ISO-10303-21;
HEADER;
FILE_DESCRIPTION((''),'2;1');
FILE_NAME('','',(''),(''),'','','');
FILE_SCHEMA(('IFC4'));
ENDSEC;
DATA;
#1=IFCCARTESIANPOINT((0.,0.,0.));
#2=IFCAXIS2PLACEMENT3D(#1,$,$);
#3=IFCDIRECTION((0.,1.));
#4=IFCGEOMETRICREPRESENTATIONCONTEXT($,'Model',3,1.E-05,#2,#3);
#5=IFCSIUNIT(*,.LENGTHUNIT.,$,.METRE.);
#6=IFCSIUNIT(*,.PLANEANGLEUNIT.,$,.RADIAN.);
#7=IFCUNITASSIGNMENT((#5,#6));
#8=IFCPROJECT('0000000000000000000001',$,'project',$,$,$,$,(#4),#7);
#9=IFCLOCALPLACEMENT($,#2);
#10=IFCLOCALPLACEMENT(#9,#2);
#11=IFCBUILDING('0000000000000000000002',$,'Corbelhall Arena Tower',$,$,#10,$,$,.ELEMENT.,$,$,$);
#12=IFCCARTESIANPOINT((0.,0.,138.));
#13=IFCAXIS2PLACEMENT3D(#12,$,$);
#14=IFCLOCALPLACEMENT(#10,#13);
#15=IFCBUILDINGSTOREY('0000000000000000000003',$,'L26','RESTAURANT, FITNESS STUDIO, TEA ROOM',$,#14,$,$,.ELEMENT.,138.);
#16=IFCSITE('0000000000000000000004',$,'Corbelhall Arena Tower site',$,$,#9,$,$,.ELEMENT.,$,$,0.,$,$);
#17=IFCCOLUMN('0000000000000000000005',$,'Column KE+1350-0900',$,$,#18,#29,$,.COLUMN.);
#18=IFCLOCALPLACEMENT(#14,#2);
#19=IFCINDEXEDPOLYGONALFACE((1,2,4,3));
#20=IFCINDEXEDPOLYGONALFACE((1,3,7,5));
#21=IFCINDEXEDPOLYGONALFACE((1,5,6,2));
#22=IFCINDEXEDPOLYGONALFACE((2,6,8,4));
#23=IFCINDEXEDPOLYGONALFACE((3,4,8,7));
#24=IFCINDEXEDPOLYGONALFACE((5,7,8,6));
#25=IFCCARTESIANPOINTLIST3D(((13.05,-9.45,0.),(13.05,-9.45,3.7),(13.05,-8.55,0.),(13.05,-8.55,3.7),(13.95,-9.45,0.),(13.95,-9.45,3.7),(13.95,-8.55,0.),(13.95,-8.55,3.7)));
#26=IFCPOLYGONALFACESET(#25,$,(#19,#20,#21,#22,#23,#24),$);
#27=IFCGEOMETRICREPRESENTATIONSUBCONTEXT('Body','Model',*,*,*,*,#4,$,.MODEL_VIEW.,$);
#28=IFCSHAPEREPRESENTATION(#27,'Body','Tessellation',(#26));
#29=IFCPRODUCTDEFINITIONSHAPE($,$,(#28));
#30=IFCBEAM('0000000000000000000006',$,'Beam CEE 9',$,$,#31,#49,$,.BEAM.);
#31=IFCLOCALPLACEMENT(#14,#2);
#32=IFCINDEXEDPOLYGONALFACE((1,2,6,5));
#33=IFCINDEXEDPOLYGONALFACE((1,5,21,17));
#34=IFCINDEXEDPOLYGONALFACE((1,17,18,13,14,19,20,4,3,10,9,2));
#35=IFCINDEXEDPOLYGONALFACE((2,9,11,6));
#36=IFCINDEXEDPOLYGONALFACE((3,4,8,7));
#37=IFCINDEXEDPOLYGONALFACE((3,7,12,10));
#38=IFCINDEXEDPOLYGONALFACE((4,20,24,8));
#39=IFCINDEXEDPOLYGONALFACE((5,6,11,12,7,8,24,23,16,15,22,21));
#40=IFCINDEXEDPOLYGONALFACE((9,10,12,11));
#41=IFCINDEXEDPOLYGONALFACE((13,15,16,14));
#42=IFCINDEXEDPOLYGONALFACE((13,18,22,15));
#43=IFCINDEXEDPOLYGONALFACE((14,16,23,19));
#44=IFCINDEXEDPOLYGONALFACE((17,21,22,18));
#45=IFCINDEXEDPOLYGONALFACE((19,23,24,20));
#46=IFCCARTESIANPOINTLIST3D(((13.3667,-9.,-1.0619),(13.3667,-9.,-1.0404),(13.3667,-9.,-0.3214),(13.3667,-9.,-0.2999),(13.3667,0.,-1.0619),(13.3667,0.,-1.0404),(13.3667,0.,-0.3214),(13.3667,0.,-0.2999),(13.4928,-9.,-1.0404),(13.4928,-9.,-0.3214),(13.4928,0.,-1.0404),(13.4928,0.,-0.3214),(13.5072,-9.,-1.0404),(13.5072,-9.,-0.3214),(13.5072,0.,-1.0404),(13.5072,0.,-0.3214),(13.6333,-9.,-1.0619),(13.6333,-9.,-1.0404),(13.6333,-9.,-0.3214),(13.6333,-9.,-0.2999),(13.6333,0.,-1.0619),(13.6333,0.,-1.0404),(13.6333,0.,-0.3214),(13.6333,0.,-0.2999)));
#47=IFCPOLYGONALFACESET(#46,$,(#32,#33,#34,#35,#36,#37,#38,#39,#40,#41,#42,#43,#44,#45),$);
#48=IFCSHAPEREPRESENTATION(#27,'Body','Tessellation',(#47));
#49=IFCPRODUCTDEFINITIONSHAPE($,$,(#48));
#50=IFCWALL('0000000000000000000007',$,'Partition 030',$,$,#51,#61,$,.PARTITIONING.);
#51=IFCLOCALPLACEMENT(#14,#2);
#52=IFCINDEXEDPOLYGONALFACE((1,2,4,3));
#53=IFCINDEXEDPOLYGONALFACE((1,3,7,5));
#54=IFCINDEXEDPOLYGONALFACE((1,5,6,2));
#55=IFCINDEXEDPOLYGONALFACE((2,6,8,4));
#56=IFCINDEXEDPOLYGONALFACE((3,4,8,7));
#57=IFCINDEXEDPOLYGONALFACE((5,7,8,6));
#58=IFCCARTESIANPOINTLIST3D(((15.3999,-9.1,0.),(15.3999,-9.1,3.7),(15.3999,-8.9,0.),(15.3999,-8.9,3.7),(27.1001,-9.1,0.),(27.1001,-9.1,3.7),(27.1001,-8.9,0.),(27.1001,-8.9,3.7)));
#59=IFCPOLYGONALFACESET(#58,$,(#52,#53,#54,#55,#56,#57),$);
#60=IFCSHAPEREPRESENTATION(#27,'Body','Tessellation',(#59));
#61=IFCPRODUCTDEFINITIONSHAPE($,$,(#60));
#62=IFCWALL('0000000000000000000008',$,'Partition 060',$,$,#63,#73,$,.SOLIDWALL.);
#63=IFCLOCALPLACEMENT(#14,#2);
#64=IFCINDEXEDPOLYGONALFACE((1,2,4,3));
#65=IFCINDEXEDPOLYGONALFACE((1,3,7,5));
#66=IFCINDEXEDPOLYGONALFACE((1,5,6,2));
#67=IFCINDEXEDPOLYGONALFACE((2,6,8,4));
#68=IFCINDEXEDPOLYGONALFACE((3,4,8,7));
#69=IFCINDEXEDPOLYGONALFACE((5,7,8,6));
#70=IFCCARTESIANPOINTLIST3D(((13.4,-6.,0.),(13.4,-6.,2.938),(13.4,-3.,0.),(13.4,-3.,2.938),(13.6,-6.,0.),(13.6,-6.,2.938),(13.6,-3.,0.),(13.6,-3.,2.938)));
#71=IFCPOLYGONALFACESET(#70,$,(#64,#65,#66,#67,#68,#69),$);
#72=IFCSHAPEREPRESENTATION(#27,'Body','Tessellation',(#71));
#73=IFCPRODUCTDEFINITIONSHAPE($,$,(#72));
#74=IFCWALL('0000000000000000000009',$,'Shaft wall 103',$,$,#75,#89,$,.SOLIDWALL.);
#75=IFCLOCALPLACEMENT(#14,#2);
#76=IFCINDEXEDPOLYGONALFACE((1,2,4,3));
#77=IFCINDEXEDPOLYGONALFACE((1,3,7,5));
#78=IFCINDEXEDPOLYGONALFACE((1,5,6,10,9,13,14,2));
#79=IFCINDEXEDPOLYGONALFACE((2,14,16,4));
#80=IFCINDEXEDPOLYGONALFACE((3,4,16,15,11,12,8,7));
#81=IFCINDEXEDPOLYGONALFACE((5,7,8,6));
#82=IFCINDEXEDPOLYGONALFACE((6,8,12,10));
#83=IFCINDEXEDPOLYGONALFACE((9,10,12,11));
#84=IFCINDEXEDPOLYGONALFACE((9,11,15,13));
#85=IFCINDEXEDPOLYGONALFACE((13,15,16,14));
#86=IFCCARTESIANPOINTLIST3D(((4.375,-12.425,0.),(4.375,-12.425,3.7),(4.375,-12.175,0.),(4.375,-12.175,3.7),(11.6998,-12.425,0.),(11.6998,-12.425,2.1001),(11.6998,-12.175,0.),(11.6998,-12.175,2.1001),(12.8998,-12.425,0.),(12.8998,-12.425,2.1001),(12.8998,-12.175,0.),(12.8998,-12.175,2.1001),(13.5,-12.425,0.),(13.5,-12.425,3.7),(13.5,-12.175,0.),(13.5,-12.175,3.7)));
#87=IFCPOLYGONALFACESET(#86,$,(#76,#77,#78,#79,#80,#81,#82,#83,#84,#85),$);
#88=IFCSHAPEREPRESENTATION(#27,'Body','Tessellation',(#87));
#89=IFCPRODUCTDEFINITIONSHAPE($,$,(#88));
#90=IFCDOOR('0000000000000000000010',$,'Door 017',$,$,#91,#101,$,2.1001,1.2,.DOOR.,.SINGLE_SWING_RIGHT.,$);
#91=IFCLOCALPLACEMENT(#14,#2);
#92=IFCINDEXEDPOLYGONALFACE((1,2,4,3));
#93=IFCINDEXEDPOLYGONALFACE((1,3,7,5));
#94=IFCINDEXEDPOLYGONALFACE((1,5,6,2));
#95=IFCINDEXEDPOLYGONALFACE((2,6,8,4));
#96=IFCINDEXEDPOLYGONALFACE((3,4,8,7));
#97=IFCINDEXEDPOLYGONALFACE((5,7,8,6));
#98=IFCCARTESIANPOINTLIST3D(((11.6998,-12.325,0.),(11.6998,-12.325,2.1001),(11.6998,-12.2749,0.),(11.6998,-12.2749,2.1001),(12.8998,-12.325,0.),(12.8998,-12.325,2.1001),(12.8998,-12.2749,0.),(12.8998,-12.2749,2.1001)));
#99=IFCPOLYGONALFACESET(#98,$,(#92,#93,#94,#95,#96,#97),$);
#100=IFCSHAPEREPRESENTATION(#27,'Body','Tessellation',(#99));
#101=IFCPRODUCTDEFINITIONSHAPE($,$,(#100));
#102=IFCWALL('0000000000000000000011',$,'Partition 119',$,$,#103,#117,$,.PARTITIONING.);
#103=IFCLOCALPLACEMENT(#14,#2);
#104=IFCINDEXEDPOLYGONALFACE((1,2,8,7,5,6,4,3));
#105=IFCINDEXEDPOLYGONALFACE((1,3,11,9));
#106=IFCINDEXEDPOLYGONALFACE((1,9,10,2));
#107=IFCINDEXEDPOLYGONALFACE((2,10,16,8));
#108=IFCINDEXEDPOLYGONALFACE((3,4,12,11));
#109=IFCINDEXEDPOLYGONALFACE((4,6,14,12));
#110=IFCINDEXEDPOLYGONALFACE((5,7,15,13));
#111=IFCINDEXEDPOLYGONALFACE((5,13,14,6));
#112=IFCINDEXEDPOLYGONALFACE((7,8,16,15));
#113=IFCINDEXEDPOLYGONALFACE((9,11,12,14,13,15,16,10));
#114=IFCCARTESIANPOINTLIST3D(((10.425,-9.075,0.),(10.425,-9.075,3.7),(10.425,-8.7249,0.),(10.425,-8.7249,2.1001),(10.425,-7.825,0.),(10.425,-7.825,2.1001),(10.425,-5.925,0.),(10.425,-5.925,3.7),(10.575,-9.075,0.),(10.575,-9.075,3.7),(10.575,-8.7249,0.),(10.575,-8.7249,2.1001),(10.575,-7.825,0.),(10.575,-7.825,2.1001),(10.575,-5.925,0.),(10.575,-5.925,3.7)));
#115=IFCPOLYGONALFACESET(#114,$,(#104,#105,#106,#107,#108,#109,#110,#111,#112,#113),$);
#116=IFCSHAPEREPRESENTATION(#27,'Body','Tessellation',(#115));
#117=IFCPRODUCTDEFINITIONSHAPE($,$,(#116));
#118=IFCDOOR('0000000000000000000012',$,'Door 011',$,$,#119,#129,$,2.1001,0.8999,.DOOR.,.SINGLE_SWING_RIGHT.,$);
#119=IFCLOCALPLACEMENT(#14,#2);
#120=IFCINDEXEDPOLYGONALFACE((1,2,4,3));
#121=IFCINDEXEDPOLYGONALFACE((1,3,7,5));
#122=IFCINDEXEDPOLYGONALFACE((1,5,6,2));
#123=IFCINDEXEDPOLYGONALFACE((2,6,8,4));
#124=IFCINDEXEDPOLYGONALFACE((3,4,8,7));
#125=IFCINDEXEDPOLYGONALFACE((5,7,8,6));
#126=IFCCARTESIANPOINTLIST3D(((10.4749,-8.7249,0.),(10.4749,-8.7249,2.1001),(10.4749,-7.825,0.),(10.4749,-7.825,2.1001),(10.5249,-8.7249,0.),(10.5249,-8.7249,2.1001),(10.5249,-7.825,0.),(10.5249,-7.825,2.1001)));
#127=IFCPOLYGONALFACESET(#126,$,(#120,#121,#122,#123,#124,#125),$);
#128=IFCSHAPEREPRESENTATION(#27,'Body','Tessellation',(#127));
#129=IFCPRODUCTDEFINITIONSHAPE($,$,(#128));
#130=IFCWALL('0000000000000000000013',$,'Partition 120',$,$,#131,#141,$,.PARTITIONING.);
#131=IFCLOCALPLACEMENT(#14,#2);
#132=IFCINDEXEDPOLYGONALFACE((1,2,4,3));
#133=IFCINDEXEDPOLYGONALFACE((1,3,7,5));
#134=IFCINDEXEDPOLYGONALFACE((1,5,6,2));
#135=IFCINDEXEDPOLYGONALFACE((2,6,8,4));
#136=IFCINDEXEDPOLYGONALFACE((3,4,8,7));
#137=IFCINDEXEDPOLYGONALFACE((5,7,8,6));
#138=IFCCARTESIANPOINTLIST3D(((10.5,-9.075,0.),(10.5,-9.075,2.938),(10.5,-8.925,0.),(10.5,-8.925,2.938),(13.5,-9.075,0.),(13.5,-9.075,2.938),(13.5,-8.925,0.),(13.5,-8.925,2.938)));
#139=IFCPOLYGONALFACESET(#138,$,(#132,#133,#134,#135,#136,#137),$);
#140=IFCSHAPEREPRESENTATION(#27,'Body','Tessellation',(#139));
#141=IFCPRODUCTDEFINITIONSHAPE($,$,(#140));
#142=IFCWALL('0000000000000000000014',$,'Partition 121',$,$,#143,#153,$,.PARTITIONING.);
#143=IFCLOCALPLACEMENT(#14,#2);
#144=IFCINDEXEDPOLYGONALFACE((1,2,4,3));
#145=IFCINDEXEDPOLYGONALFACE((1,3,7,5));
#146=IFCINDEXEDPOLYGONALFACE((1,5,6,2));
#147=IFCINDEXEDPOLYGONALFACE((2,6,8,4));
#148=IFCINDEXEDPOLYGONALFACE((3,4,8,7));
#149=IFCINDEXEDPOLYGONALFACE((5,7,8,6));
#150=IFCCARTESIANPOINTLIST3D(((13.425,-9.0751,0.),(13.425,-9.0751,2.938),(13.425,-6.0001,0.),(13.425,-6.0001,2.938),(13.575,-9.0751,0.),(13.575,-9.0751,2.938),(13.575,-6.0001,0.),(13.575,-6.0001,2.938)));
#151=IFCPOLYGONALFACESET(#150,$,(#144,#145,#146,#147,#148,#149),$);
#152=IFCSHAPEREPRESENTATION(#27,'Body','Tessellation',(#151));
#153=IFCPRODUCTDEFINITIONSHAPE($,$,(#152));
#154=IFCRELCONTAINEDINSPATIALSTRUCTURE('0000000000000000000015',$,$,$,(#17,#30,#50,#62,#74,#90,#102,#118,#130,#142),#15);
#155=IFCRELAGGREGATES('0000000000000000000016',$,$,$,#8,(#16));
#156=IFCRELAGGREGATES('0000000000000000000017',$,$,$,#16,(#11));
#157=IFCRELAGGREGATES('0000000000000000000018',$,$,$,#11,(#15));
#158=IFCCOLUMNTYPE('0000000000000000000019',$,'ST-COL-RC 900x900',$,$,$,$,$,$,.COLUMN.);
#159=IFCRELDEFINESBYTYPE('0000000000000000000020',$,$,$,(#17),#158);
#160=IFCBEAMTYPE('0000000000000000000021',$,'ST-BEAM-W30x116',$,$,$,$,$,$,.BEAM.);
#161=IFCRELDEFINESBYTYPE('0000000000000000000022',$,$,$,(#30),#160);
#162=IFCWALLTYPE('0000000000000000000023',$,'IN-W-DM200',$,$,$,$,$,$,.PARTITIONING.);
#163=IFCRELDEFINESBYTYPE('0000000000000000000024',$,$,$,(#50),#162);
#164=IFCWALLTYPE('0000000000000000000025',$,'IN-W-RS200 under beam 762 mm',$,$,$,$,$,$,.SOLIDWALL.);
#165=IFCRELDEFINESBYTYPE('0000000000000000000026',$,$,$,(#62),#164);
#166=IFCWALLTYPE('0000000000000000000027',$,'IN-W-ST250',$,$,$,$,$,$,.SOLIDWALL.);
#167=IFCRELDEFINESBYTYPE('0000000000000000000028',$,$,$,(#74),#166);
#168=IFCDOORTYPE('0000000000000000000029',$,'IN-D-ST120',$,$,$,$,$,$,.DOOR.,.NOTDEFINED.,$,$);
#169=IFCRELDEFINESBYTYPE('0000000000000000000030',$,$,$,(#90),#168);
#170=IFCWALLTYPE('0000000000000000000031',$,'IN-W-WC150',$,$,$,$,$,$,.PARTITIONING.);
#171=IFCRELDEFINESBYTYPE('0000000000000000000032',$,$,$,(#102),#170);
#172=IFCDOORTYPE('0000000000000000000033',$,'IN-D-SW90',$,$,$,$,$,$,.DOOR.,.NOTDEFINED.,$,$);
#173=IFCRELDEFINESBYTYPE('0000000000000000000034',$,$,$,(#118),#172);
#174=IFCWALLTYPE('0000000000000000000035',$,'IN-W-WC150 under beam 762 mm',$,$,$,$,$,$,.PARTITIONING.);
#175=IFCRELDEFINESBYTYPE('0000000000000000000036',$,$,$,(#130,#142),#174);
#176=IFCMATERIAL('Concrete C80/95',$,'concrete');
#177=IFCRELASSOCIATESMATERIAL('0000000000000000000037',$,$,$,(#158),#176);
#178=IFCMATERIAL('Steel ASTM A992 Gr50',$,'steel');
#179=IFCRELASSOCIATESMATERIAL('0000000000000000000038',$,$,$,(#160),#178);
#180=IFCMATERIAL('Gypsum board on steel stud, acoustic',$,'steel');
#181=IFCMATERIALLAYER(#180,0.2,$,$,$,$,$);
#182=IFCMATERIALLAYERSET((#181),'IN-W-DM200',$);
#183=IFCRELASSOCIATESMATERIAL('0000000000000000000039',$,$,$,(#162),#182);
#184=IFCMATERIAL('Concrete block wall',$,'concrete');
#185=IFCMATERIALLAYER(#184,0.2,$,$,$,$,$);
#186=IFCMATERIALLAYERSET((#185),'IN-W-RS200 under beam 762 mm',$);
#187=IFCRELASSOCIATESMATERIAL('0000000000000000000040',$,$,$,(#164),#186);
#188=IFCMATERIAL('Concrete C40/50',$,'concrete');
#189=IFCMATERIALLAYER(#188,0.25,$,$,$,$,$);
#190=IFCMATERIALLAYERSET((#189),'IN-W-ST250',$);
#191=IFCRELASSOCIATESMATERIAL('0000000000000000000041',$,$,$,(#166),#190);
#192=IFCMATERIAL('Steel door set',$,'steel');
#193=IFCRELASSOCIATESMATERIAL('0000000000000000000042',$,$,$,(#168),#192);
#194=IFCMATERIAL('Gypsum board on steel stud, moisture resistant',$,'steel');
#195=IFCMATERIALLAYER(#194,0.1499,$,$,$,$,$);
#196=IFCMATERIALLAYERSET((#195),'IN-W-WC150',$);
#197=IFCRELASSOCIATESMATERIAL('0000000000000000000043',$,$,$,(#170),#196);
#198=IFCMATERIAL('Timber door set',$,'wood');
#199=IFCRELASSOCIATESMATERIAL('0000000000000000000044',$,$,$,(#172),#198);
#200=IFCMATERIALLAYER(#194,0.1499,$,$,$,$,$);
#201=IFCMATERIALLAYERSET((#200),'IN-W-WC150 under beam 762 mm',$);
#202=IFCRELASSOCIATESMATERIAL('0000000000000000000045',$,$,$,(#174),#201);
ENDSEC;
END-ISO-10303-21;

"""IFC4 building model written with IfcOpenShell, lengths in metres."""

from ifc_helpers import new_model, si_unit, direction, frame, frame_2d, origin, origin_2d, place, context, subcontext, project, spatial, rectangle, i_section, extrude, material, layer, layer_set, material_profile, profile_set, type_object, element, fill, save


model = new_model("IFC4")

# Units and contexts
model_context = context("Model", 3, precision=1e-05, world=origin(), true_north=direction((0.0, 1.0)))
body_context = subcontext(model_context, "Body", "Model", "MODEL_VIEW")
ifc_project = project(units=[si_unit("LENGTHUNIT", "METRE"), si_unit("PLANEANGLEUNIT", "RADIAN")], contexts=[model_context])

# Site, building, storey
site_placement = place(None, origin())
site = spatial("IfcSite", under=ifc_project, at=site_placement, Name="Corbelhall Arena Tower site", CompositionType="ELEMENT", RefElevation=0.0)
building_placement = place(site_placement, origin())
building = spatial("IfcBuilding", under=site, at=building_placement, Name="Corbelhall Arena Tower", CompositionType="ELEMENT")
storey_placement = place(building_placement, frame((0.0, 0.0, 138.0)))
storey = spatial("IfcBuildingStorey", under=building, at=storey_placement, Name="L26", Description="RESTAURANT, FITNESS STUDIO, TEA ROOM", CompositionType="ELEMENT", Elevation=138.0)

# Column
ifc_material_1 = material(Name="Concrete C80/95", Category="concrete")
ifc_material_profile_1 = material_profile(ifc_material_1, rectangle(XDim=0.8999, YDim=0.8999, at=origin_2d()))
ifc_profile_set_1 = profile_set([ifc_material_profile_1], Name="Concrete C80/95")
column_type = type_object("IfcColumnType", Name="ST-COL-RC 900x900", PredefinedType="COLUMN", material=ifc_profile_set_1)
column_placement = place(storey_placement, frame((13.5, -9.0, 0.0), z_axis=(0.0, 0.0, 1.0), x_axis=(1.0, 0.0, 0.0)))
element("IfcColumn", 1, at=column_placement, inside=storey, type_object=column_type, Name="Column KE+1350-0900", PredefinedType="COLUMN", context=body_context, shape_type="SweptSolid", body=[
    extrude(rectangle(XDim=0.8999, YDim=0.8999, at=origin_2d()), origin(), (0.0, 0.0, 1.0), 3.7),
])

# Beam
ifc_material_2 = material(Name="Steel ASTM A992 Gr50", Category="steel")
ifc_material_profile_2 = material_profile(ifc_material_2, i_section(OverallWidth=0.2666, OverallDepth=0.762, WebThickness=0.0144, FlangeThickness=0.0215, at=origin_2d()))
ifc_profile_set_2 = profile_set([ifc_material_profile_2], Name="Steel ASTM A992 Gr50")
beam_type = type_object("IfcBeamType", Name="ST-BEAM-W30x116", PredefinedType="BEAM", material=ifc_profile_set_2)
beam_placement = place(storey_placement, frame((13.5, -9.0, -0.6809), z_axis=(0.0, 1.0, 0.0), x_axis=(-1.0, 0.0, 0.0)))
element("IfcBeam", 2, at=beam_placement, inside=storey, type_object=beam_type, Name="Beam CEE 9", PredefinedType="BEAM", context=body_context, shape_type="SweptSolid", body=[
    extrude(i_section(OverallWidth=0.2666, OverallDepth=0.762, WebThickness=0.0144, FlangeThickness=0.0215, at=origin_2d()), origin(), (0.0, 0.0, 1.0), 9.0),
])

# Shared definitions
ifc_material_3 = material(Name="Gypsum board on steel stud, acoustic", Category="steel")
ifc_layer_1 = layer(ifc_material_3, 0.2)
ifc_layer_set_1 = layer_set([ifc_layer_1], Name="IN-W-DM200")
wall_type_1 = type_object("IfcWallType", Name="IN-W-DM200", PredefinedType="PARTITIONING", material=ifc_layer_set_1)
ifc_material_4 = material(Name="Steel door set", Category="steel")

# Wall
wall_1_placement = place(storey_placement, frame((15.3999, -9.0, 0.0), z_axis=(0.0, 0.0, 1.0), x_axis=(1.0, 0.0, 0.0)))
element("IfcWall", 3, at=wall_1_placement, inside=storey, type_object=wall_type_1, Name="Partition 030", PredefinedType="PARTITIONING", context=body_context, shape_type="SweptSolid", body=[
    extrude(rectangle(XDim=11.7002, YDim=0.2, at=frame_2d((5.8501, 0.0))), origin(), (0.0, 0.0, 1.0), 3.7),
])

# Shared definitions
ifc_material_5 = material(Name="Concrete block wall", Category="concrete")

# Wall
ifc_layer_2 = layer(ifc_material_5, 0.2)
ifc_layer_set_2 = layer_set([ifc_layer_2], Name="IN-W-RS200 under beam 762 mm")
wall_type_2 = type_object("IfcWallType", Name="IN-W-RS200 under beam 762 mm", PredefinedType="SOLIDWALL", material=ifc_layer_set_2)
wall_2_placement = place(storey_placement, frame((13.5, -3.0, 0.0), z_axis=(0.0, 0.0, 1.0), x_axis=(0.0, -1.0, 0.0)))
element("IfcWall", 4, at=wall_2_placement, inside=storey, type_object=wall_type_2, Name="Partition 060", PredefinedType="SOLIDWALL", context=body_context, shape_type="SweptSolid", body=[
    extrude(rectangle(XDim=3.0, YDim=0.2, at=frame_2d((1.5, 0.0))), origin(), (0.0, 0.0, 1.0), 2.938),
])

# Walls, openings, doors
ifc_material_6 = material(Name="Concrete C40/50", Category="concrete")
ifc_layer_3 = layer(ifc_material_6, 0.25)
ifc_layer_set_3 = layer_set([ifc_layer_3], Name="IN-W-ST250")
wall_type_3 = type_object("IfcWallType", Name="IN-W-ST250", PredefinedType="SOLIDWALL", material=ifc_layer_set_3)
wall_3_placement = place(storey_placement, frame((13.5, -12.3, 0.0), z_axis=(0.0, 0.0, 1.0), x_axis=(-1.0, 0.0, 0.0)))
wall_3 = element("IfcWall", 5, at=wall_3_placement, inside=storey, type_object=wall_type_3, Name="Shaft wall 103", PredefinedType="SOLIDWALL", context=body_context, shape_type="SweptSolid", body=[
    extrude(rectangle(XDim=9.125, YDim=0.25, at=frame_2d((4.5625, 0.0))), origin(), (0.0, 0.0, 1.0), 3.7),
])
opening_1_placement = place(wall_3_placement, frame((0.6001, 0.0, 0.0)))
opening_1 = element("IfcOpeningElement", 6, at=opening_1_placement, cuts=wall_3, PredefinedType="OPENING", context=body_context, shape_type="SweptSolid", body=[
    extrude(rectangle(XDim=1.2, YDim=2.1001, at=frame_2d((0.6001, 1.05))), frame((0.0, 0.125, 0.0), z_axis=(0.0, -1.0, 0.0), x_axis=(1.0, 0.0, 0.0)), (0.0, 0.0, 1.0), 0.25),
])
door_type_1 = type_object("IfcDoorType", Name="IN-D-ST120", OperationType="NOTDEFINED", PredefinedType="DOOR", material=ifc_material_4)
door_1_placement = place(opening_1_placement, origin())
door_1 = element("IfcDoor", 7, at=door_1_placement, inside=storey, type_object=door_type_1, Name="Door 017", OperationType="SINGLE_SWING_RIGHT", OverallHeight=2.1001, OverallWidth=1.2, PredefinedType="DOOR", context=body_context, shape_type="SweptSolid", body=[
    extrude(rectangle(XDim=1.2, YDim=2.1001, at=frame_2d((0.6001, 1.05))), frame((0.0, 0.0249, 0.0), z_axis=(0.0, -1.0, 0.0), x_axis=(1.0, 0.0, 0.0)), (0.0, 0.0, 1.0), 0.05),
])
fill(opening_1, door_1)
ifc_material_7 = material(Name="Gypsum board on steel stud, moisture resistant", Category="steel")
ifc_layer_4 = layer(ifc_material_7, 0.1499)
ifc_layer_set_4 = layer_set([ifc_layer_4], Name="IN-W-WC150")
wall_type_4 = type_object("IfcWallType", Name="IN-W-WC150", PredefinedType="PARTITIONING", material=ifc_layer_set_4)
wall_4_placement = place(storey_placement, frame((10.5, -5.925, 0.0), z_axis=(0.0, 0.0, 1.0), x_axis=(0.0, -1.0, 0.0)))
wall_4 = element("IfcWall", 8, at=wall_4_placement, inside=storey, type_object=wall_type_4, Name="Partition 119", PredefinedType="PARTITIONING", context=body_context, shape_type="SweptSolid", body=[
    extrude(rectangle(XDim=3.1499, YDim=0.1499, at=frame_2d((1.575, 0.0))), origin(), (0.0, 0.0, 1.0), 3.7),
])
opening_2_placement = place(wall_4_placement, frame((1.8999, 0.0, 0.0)))
opening_2 = element("IfcOpeningElement", 9, at=opening_2_placement, cuts=wall_4, PredefinedType="OPENING", context=body_context, shape_type="SweptSolid", body=[
    extrude(rectangle(XDim=0.8999, YDim=2.1001, at=frame_2d((0.45, 1.05))), frame((0.0, 0.075, 0.0), z_axis=(0.0, -1.0, 0.0), x_axis=(1.0, 0.0, 0.0)), (0.0, 0.0, 1.0), 0.1499),
])
ifc_material_8 = material(Name="Timber door set", Category="wood")
door_type_2 = type_object("IfcDoorType", Name="IN-D-SW90", OperationType="NOTDEFINED", PredefinedType="DOOR", material=ifc_material_8)
door_2_placement = place(opening_2_placement, origin())
door_2 = element("IfcDoor", 10, at=door_2_placement, inside=storey, type_object=door_type_2, Name="Door 011", OperationType="SINGLE_SWING_RIGHT", OverallHeight=2.1001, OverallWidth=0.8999, PredefinedType="DOOR", context=body_context, shape_type="SweptSolid", body=[
    extrude(rectangle(XDim=0.8999, YDim=2.1001, at=frame_2d((0.45, 1.05))), frame((0.0, 0.0249, 0.0), z_axis=(0.0, -1.0, 0.0), x_axis=(1.0, 0.0, 0.0)), (0.0, 0.0, 1.0), 0.05),
])
fill(opening_2, door_2)

# Walls
ifc_layer_5 = layer(ifc_material_7, 0.1499)
ifc_layer_set_5 = layer_set([ifc_layer_5], Name="IN-W-WC150 under beam 762 mm")
wall_type_5 = type_object("IfcWallType", Name="IN-W-WC150 under beam 762 mm", PredefinedType="PARTITIONING", material=ifc_layer_set_5)
wall_5_placement = place(storey_placement, frame((13.5, -9.0, 0.0), z_axis=(0.0, 0.0, 1.0), x_axis=(-1.0, 0.0, 0.0)))
element("IfcWall", 11, at=wall_5_placement, inside=storey, type_object=wall_type_5, Name="Partition 120", PredefinedType="PARTITIONING", context=body_context, shape_type="SweptSolid", body=[
    extrude(rectangle(XDim=3.0, YDim=0.1499, at=frame_2d((1.5, 0.0))), origin(), (0.0, 0.0, 1.0), 2.938),
])
wall_6_placement = place(storey_placement, frame((13.5, -6.0, 0.0), z_axis=(0.0, 0.0, 1.0), x_axis=(0.0, -1.0, 0.0)))
element("IfcWall", 12, at=wall_6_placement, inside=storey, type_object=wall_type_5, Name="Partition 121", PredefinedType="PARTITIONING", context=body_context, shape_type="SweptSolid", body=[
    extrude(rectangle(XDim=3.075, YDim=0.1499, at=frame_2d((1.5376, 0.0))), origin(), (0.0, 0.0, 1.0), 2.938),
])

save(model, "model.ifc")
